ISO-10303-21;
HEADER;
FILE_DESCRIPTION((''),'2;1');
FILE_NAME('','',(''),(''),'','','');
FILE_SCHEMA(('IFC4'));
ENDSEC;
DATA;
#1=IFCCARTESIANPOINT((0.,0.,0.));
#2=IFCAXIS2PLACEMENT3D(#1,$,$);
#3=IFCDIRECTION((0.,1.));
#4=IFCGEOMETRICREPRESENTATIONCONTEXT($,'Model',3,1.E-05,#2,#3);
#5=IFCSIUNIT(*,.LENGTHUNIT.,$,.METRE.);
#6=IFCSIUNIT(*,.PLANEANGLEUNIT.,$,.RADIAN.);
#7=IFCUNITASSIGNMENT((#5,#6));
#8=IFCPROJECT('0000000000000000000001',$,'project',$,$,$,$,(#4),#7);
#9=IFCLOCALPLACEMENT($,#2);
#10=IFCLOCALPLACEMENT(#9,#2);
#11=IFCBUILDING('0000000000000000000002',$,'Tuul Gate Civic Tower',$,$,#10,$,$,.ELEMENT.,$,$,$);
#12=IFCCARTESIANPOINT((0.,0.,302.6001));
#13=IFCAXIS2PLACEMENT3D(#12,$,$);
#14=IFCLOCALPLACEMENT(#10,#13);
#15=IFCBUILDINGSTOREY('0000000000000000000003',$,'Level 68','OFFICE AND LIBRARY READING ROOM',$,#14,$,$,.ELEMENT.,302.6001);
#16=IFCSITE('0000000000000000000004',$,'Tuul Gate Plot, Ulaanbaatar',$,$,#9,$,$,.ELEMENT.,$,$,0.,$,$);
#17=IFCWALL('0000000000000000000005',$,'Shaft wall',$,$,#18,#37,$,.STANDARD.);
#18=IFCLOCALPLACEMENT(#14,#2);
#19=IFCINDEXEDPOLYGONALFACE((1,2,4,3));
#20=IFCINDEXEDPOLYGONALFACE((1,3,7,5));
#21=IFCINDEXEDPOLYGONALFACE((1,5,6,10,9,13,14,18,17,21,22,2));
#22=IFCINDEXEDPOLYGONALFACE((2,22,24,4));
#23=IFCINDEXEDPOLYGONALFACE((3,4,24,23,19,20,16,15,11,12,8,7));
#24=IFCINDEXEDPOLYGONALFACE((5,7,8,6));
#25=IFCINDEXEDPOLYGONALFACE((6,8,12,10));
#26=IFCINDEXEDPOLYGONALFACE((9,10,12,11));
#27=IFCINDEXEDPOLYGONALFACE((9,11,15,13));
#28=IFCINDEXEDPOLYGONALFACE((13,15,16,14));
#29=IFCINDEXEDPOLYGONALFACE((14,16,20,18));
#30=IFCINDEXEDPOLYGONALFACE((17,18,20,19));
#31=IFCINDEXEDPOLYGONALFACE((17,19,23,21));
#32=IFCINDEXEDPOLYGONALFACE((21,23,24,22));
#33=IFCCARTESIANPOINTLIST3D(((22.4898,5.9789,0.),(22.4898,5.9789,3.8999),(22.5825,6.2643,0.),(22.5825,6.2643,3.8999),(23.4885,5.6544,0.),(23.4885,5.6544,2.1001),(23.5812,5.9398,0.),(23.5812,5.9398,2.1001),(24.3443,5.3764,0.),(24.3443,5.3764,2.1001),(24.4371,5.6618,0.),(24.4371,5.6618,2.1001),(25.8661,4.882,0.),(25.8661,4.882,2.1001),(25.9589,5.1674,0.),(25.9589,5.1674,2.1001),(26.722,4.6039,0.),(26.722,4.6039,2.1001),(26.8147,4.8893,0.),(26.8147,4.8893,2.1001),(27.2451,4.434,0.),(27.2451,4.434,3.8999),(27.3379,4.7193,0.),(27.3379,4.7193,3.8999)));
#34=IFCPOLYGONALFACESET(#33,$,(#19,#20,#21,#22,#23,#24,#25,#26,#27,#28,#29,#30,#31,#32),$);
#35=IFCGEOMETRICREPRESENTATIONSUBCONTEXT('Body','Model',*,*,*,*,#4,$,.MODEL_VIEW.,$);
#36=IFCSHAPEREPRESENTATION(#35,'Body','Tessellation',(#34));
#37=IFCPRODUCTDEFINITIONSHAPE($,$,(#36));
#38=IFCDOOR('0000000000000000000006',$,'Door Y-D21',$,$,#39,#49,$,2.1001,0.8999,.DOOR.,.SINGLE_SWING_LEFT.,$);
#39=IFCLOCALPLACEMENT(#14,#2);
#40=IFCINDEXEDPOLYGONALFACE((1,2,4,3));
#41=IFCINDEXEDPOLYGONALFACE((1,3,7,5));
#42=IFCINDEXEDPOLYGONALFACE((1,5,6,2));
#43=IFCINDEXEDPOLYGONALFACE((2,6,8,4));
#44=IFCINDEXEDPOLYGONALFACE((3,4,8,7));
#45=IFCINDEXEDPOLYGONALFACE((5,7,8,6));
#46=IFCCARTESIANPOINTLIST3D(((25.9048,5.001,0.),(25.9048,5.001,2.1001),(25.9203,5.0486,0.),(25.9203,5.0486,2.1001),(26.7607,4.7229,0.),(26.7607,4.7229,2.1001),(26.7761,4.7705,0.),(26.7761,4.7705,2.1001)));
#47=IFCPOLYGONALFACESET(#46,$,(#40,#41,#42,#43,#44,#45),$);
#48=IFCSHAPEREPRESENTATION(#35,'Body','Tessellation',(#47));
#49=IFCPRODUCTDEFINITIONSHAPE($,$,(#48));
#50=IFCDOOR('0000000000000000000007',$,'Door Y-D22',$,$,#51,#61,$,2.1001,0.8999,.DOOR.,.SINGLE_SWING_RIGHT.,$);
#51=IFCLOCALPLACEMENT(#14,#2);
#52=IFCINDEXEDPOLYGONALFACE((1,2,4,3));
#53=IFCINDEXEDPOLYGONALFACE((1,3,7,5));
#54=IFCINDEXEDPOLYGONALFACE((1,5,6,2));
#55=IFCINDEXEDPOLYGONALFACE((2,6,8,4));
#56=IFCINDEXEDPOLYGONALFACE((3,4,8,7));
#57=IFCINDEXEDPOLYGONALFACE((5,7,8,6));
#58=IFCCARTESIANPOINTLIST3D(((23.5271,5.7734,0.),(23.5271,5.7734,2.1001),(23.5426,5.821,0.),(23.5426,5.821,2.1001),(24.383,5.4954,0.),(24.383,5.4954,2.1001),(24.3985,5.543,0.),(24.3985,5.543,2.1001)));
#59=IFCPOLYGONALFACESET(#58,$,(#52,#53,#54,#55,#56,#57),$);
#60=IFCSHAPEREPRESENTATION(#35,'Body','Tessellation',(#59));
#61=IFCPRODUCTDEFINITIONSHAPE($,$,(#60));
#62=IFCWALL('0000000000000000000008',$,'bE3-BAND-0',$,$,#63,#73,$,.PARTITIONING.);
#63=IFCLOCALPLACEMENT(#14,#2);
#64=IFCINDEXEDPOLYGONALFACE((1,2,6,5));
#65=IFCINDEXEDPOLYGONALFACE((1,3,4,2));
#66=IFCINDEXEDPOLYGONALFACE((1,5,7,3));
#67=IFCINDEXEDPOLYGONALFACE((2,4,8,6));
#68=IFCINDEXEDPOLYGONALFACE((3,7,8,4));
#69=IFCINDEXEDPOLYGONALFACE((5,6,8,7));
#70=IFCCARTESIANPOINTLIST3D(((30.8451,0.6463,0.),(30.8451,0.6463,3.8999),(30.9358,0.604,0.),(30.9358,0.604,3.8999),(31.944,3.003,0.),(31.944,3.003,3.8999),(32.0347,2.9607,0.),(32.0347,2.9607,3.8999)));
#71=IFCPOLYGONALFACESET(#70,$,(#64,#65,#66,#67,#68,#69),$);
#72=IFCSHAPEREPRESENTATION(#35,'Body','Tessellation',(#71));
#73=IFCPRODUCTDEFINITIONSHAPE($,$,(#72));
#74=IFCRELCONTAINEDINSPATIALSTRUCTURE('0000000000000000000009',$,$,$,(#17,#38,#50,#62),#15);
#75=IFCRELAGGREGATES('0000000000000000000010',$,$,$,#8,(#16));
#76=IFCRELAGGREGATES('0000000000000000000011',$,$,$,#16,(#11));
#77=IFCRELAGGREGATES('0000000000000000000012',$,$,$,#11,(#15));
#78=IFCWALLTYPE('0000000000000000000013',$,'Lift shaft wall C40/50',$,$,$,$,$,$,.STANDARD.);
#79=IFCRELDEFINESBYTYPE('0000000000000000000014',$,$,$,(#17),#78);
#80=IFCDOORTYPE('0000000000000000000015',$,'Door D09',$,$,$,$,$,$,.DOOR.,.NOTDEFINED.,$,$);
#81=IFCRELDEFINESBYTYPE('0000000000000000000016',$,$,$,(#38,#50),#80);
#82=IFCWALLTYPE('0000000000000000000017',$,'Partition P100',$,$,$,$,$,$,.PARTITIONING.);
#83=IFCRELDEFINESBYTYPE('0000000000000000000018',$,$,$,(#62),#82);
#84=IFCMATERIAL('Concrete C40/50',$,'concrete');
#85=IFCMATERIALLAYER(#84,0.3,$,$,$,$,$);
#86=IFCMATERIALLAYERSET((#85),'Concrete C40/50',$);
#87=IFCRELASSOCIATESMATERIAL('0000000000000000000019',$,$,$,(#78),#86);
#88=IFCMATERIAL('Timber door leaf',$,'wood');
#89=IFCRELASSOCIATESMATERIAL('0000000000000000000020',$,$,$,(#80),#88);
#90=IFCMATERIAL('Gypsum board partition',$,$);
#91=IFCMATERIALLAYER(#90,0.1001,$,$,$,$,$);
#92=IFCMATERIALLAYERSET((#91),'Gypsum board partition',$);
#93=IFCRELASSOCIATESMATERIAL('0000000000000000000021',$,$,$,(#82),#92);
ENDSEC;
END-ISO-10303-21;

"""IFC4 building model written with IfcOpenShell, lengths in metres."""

from ifc_helpers import new_model, si_unit, direction, frame, frame_2d, origin, place, context, subcontext, project, spatial, rectangle, extrude, material, layer, layer_set, type_object, element, fill, save


model = new_model("IFC4")

# Units and contexts
model_context = context("Model", 3, precision=1e-05, world=origin(), true_north=direction((0.0, 1.0)))
body_context = subcontext(model_context, "Body", "Model", "MODEL_VIEW")
ifc_project = project(units=[si_unit("LENGTHUNIT", "METRE"), si_unit("PLANEANGLEUNIT", "RADIAN")], contexts=[model_context])

# Site, building, storey
site_placement = place(None, origin())
site = spatial("IfcSite", under=ifc_project, at=site_placement, Name="Tuul Gate Plot, Ulaanbaatar", CompositionType="ELEMENT", RefElevation=0.0)
building_placement = place(site_placement, origin())
building = spatial("IfcBuilding", under=site, at=building_placement, Name="Tuul Gate Civic Tower", CompositionType="ELEMENT")
storey_placement = place(building_placement, frame((0.0, 0.0, 302.6001)))
storey = spatial("IfcBuildingStorey", under=building, at=storey_placement, Name="Level 68", Description="OFFICE AND LIBRARY READING ROOM", CompositionType="ELEMENT", Elevation=302.6001)

# Shared definitions
ifc_material_1 = material(Name="Concrete C40/50", Category="concrete")
ifc_layer_1 = layer(ifc_material_1, 0.3)
ifc_layer_set_1 = layer_set([ifc_layer_1], Name="Concrete C40/50")
wall_type_1 = type_object("IfcWallType", Name="Lift shaft wall C40/50", PredefinedType="STANDARD", material=ifc_layer_set_1)

# Wall, openings, doors
wall_1_placement = place(storey_placement, frame((27.2915, 4.5767, 0.0), z_axis=(0.0, 0.0, 1.0), x_axis=(-0.951068, 0.308982, 0.0)))
wall_1 = element("IfcWall", 1, at=wall_1_placement, inside=storey, type_object=wall_type_1, Name="Shaft wall", PredefinedType="STANDARD", context=body_context, shape_type="SweptSolid", body=[
    extrude(rectangle(XDim=5.0, YDim=0.3, at=frame_2d((2.5, 0.0))), origin(), (0.0, 0.0, 1.0), 3.8999),
])
opening_1_placement = place(wall_1_placement, frame((0.55, 0.0, 0.0)))
opening_1 = element("IfcOpeningElement", 2, at=opening_1_placement, cuts=wall_1, PredefinedType="OPENING", context=body_context, shape_type="SweptSolid", body=[
    extrude(rectangle(XDim=0.8999, YDim=2.1001, at=frame_2d((0.45, 1.05))), frame((0.0, 0.1602, 0.0), z_axis=(0.0, -1.0, 0.0), x_axis=(1.0, 0.0, 0.0)), (0.0, 0.0, 1.0), 0.3201),
])
opening_2_placement = place(wall_1_placement, frame((3.05, 0.0, 0.0)))
opening_2 = element("IfcOpeningElement", 3, at=opening_2_placement, cuts=wall_1, PredefinedType="OPENING", context=body_context, shape_type="SweptSolid", body=[
    extrude(rectangle(XDim=0.8999, YDim=2.1001, at=frame_2d((0.45, 1.05))), frame((0.0, 0.1602, 0.0), z_axis=(0.0, -1.0, 0.0), x_axis=(1.0, 0.0, 0.0)), (0.0, 0.0, 1.0), 0.3201),
])
ifc_material_2 = material(Name="Timber door leaf", Category="wood")
door_type_1 = type_object("IfcDoorType", Name="Door D09", OperationType="NOTDEFINED", PredefinedType="DOOR", material=ifc_material_2)
door_1_placement = place(opening_1_placement, origin())
door_1 = element("IfcDoor", 4, at=door_1_placement, inside=storey, type_object=door_type_1, Name="Door Y-D21", OperationType="SINGLE_SWING_LEFT", OverallHeight=2.1001, OverallWidth=0.8999, PredefinedType="DOOR", context=body_context, shape_type="SweptSolid", body=[
    extrude(rectangle(XDim=0.8999, YDim=2.1001, at=frame_2d((0.45, 1.05))), frame((0.0, 0.0249, 0.0), z_axis=(0.0, -1.0, 0.0), x_axis=(1.0, 0.0, 0.0)), (0.0, 0.0, 1.0), 0.05),
])
fill(opening_1, door_1)
door_2_placement = place(opening_2_placement, origin())
door_2 = element("IfcDoor", 5, at=door_2_placement, inside=storey, type_object=door_type_1, Name="Door Y-D22", OperationType="SINGLE_SWING_RIGHT", OverallHeight=2.1001, OverallWidth=0.8999, PredefinedType="DOOR", context=body_context, shape_type="SweptSolid", body=[
    extrude(rectangle(XDim=0.8999, YDim=2.1001, at=frame_2d((0.45, 1.05))), frame((0.0, 0.0249, 0.0), z_axis=(0.0, -1.0, 0.0), x_axis=(1.0, 0.0, 0.0)), (0.0, 0.0, 1.0), 0.05),
])
fill(opening_2, door_2)

# Wall
ifc_material_3 = material(Name="Gypsum board partition")
ifc_layer_2 = layer(ifc_material_3, 0.1001)
ifc_layer_set_2 = layer_set([ifc_layer_2], Name="Gypsum board partition")
wall_type_2 = type_object("IfcWallType", Name="Partition P100", PredefinedType="PARTITIONING", material=ifc_layer_set_2)
wall_2_placement = place(storey_placement, frame((30.8904, 0.625, 0.0), z_axis=(0.0, 0.0, 1.0), x_axis=(0.422598, 0.906317, 0.0)))
element("IfcWall", 6, at=wall_2_placement, inside=storey, type_object=wall_type_2, Name="bE3-BAND-0", PredefinedType="PARTITIONING", context=body_context, shape_type="SweptSolid", body=[
    extrude(rectangle(XDim=2.6003, YDim=0.1001, at=frame_2d((1.3003, 0.0))), origin(), (0.0, 0.0, 1.0), 3.8999),
])

save(model, "model.ifc")
